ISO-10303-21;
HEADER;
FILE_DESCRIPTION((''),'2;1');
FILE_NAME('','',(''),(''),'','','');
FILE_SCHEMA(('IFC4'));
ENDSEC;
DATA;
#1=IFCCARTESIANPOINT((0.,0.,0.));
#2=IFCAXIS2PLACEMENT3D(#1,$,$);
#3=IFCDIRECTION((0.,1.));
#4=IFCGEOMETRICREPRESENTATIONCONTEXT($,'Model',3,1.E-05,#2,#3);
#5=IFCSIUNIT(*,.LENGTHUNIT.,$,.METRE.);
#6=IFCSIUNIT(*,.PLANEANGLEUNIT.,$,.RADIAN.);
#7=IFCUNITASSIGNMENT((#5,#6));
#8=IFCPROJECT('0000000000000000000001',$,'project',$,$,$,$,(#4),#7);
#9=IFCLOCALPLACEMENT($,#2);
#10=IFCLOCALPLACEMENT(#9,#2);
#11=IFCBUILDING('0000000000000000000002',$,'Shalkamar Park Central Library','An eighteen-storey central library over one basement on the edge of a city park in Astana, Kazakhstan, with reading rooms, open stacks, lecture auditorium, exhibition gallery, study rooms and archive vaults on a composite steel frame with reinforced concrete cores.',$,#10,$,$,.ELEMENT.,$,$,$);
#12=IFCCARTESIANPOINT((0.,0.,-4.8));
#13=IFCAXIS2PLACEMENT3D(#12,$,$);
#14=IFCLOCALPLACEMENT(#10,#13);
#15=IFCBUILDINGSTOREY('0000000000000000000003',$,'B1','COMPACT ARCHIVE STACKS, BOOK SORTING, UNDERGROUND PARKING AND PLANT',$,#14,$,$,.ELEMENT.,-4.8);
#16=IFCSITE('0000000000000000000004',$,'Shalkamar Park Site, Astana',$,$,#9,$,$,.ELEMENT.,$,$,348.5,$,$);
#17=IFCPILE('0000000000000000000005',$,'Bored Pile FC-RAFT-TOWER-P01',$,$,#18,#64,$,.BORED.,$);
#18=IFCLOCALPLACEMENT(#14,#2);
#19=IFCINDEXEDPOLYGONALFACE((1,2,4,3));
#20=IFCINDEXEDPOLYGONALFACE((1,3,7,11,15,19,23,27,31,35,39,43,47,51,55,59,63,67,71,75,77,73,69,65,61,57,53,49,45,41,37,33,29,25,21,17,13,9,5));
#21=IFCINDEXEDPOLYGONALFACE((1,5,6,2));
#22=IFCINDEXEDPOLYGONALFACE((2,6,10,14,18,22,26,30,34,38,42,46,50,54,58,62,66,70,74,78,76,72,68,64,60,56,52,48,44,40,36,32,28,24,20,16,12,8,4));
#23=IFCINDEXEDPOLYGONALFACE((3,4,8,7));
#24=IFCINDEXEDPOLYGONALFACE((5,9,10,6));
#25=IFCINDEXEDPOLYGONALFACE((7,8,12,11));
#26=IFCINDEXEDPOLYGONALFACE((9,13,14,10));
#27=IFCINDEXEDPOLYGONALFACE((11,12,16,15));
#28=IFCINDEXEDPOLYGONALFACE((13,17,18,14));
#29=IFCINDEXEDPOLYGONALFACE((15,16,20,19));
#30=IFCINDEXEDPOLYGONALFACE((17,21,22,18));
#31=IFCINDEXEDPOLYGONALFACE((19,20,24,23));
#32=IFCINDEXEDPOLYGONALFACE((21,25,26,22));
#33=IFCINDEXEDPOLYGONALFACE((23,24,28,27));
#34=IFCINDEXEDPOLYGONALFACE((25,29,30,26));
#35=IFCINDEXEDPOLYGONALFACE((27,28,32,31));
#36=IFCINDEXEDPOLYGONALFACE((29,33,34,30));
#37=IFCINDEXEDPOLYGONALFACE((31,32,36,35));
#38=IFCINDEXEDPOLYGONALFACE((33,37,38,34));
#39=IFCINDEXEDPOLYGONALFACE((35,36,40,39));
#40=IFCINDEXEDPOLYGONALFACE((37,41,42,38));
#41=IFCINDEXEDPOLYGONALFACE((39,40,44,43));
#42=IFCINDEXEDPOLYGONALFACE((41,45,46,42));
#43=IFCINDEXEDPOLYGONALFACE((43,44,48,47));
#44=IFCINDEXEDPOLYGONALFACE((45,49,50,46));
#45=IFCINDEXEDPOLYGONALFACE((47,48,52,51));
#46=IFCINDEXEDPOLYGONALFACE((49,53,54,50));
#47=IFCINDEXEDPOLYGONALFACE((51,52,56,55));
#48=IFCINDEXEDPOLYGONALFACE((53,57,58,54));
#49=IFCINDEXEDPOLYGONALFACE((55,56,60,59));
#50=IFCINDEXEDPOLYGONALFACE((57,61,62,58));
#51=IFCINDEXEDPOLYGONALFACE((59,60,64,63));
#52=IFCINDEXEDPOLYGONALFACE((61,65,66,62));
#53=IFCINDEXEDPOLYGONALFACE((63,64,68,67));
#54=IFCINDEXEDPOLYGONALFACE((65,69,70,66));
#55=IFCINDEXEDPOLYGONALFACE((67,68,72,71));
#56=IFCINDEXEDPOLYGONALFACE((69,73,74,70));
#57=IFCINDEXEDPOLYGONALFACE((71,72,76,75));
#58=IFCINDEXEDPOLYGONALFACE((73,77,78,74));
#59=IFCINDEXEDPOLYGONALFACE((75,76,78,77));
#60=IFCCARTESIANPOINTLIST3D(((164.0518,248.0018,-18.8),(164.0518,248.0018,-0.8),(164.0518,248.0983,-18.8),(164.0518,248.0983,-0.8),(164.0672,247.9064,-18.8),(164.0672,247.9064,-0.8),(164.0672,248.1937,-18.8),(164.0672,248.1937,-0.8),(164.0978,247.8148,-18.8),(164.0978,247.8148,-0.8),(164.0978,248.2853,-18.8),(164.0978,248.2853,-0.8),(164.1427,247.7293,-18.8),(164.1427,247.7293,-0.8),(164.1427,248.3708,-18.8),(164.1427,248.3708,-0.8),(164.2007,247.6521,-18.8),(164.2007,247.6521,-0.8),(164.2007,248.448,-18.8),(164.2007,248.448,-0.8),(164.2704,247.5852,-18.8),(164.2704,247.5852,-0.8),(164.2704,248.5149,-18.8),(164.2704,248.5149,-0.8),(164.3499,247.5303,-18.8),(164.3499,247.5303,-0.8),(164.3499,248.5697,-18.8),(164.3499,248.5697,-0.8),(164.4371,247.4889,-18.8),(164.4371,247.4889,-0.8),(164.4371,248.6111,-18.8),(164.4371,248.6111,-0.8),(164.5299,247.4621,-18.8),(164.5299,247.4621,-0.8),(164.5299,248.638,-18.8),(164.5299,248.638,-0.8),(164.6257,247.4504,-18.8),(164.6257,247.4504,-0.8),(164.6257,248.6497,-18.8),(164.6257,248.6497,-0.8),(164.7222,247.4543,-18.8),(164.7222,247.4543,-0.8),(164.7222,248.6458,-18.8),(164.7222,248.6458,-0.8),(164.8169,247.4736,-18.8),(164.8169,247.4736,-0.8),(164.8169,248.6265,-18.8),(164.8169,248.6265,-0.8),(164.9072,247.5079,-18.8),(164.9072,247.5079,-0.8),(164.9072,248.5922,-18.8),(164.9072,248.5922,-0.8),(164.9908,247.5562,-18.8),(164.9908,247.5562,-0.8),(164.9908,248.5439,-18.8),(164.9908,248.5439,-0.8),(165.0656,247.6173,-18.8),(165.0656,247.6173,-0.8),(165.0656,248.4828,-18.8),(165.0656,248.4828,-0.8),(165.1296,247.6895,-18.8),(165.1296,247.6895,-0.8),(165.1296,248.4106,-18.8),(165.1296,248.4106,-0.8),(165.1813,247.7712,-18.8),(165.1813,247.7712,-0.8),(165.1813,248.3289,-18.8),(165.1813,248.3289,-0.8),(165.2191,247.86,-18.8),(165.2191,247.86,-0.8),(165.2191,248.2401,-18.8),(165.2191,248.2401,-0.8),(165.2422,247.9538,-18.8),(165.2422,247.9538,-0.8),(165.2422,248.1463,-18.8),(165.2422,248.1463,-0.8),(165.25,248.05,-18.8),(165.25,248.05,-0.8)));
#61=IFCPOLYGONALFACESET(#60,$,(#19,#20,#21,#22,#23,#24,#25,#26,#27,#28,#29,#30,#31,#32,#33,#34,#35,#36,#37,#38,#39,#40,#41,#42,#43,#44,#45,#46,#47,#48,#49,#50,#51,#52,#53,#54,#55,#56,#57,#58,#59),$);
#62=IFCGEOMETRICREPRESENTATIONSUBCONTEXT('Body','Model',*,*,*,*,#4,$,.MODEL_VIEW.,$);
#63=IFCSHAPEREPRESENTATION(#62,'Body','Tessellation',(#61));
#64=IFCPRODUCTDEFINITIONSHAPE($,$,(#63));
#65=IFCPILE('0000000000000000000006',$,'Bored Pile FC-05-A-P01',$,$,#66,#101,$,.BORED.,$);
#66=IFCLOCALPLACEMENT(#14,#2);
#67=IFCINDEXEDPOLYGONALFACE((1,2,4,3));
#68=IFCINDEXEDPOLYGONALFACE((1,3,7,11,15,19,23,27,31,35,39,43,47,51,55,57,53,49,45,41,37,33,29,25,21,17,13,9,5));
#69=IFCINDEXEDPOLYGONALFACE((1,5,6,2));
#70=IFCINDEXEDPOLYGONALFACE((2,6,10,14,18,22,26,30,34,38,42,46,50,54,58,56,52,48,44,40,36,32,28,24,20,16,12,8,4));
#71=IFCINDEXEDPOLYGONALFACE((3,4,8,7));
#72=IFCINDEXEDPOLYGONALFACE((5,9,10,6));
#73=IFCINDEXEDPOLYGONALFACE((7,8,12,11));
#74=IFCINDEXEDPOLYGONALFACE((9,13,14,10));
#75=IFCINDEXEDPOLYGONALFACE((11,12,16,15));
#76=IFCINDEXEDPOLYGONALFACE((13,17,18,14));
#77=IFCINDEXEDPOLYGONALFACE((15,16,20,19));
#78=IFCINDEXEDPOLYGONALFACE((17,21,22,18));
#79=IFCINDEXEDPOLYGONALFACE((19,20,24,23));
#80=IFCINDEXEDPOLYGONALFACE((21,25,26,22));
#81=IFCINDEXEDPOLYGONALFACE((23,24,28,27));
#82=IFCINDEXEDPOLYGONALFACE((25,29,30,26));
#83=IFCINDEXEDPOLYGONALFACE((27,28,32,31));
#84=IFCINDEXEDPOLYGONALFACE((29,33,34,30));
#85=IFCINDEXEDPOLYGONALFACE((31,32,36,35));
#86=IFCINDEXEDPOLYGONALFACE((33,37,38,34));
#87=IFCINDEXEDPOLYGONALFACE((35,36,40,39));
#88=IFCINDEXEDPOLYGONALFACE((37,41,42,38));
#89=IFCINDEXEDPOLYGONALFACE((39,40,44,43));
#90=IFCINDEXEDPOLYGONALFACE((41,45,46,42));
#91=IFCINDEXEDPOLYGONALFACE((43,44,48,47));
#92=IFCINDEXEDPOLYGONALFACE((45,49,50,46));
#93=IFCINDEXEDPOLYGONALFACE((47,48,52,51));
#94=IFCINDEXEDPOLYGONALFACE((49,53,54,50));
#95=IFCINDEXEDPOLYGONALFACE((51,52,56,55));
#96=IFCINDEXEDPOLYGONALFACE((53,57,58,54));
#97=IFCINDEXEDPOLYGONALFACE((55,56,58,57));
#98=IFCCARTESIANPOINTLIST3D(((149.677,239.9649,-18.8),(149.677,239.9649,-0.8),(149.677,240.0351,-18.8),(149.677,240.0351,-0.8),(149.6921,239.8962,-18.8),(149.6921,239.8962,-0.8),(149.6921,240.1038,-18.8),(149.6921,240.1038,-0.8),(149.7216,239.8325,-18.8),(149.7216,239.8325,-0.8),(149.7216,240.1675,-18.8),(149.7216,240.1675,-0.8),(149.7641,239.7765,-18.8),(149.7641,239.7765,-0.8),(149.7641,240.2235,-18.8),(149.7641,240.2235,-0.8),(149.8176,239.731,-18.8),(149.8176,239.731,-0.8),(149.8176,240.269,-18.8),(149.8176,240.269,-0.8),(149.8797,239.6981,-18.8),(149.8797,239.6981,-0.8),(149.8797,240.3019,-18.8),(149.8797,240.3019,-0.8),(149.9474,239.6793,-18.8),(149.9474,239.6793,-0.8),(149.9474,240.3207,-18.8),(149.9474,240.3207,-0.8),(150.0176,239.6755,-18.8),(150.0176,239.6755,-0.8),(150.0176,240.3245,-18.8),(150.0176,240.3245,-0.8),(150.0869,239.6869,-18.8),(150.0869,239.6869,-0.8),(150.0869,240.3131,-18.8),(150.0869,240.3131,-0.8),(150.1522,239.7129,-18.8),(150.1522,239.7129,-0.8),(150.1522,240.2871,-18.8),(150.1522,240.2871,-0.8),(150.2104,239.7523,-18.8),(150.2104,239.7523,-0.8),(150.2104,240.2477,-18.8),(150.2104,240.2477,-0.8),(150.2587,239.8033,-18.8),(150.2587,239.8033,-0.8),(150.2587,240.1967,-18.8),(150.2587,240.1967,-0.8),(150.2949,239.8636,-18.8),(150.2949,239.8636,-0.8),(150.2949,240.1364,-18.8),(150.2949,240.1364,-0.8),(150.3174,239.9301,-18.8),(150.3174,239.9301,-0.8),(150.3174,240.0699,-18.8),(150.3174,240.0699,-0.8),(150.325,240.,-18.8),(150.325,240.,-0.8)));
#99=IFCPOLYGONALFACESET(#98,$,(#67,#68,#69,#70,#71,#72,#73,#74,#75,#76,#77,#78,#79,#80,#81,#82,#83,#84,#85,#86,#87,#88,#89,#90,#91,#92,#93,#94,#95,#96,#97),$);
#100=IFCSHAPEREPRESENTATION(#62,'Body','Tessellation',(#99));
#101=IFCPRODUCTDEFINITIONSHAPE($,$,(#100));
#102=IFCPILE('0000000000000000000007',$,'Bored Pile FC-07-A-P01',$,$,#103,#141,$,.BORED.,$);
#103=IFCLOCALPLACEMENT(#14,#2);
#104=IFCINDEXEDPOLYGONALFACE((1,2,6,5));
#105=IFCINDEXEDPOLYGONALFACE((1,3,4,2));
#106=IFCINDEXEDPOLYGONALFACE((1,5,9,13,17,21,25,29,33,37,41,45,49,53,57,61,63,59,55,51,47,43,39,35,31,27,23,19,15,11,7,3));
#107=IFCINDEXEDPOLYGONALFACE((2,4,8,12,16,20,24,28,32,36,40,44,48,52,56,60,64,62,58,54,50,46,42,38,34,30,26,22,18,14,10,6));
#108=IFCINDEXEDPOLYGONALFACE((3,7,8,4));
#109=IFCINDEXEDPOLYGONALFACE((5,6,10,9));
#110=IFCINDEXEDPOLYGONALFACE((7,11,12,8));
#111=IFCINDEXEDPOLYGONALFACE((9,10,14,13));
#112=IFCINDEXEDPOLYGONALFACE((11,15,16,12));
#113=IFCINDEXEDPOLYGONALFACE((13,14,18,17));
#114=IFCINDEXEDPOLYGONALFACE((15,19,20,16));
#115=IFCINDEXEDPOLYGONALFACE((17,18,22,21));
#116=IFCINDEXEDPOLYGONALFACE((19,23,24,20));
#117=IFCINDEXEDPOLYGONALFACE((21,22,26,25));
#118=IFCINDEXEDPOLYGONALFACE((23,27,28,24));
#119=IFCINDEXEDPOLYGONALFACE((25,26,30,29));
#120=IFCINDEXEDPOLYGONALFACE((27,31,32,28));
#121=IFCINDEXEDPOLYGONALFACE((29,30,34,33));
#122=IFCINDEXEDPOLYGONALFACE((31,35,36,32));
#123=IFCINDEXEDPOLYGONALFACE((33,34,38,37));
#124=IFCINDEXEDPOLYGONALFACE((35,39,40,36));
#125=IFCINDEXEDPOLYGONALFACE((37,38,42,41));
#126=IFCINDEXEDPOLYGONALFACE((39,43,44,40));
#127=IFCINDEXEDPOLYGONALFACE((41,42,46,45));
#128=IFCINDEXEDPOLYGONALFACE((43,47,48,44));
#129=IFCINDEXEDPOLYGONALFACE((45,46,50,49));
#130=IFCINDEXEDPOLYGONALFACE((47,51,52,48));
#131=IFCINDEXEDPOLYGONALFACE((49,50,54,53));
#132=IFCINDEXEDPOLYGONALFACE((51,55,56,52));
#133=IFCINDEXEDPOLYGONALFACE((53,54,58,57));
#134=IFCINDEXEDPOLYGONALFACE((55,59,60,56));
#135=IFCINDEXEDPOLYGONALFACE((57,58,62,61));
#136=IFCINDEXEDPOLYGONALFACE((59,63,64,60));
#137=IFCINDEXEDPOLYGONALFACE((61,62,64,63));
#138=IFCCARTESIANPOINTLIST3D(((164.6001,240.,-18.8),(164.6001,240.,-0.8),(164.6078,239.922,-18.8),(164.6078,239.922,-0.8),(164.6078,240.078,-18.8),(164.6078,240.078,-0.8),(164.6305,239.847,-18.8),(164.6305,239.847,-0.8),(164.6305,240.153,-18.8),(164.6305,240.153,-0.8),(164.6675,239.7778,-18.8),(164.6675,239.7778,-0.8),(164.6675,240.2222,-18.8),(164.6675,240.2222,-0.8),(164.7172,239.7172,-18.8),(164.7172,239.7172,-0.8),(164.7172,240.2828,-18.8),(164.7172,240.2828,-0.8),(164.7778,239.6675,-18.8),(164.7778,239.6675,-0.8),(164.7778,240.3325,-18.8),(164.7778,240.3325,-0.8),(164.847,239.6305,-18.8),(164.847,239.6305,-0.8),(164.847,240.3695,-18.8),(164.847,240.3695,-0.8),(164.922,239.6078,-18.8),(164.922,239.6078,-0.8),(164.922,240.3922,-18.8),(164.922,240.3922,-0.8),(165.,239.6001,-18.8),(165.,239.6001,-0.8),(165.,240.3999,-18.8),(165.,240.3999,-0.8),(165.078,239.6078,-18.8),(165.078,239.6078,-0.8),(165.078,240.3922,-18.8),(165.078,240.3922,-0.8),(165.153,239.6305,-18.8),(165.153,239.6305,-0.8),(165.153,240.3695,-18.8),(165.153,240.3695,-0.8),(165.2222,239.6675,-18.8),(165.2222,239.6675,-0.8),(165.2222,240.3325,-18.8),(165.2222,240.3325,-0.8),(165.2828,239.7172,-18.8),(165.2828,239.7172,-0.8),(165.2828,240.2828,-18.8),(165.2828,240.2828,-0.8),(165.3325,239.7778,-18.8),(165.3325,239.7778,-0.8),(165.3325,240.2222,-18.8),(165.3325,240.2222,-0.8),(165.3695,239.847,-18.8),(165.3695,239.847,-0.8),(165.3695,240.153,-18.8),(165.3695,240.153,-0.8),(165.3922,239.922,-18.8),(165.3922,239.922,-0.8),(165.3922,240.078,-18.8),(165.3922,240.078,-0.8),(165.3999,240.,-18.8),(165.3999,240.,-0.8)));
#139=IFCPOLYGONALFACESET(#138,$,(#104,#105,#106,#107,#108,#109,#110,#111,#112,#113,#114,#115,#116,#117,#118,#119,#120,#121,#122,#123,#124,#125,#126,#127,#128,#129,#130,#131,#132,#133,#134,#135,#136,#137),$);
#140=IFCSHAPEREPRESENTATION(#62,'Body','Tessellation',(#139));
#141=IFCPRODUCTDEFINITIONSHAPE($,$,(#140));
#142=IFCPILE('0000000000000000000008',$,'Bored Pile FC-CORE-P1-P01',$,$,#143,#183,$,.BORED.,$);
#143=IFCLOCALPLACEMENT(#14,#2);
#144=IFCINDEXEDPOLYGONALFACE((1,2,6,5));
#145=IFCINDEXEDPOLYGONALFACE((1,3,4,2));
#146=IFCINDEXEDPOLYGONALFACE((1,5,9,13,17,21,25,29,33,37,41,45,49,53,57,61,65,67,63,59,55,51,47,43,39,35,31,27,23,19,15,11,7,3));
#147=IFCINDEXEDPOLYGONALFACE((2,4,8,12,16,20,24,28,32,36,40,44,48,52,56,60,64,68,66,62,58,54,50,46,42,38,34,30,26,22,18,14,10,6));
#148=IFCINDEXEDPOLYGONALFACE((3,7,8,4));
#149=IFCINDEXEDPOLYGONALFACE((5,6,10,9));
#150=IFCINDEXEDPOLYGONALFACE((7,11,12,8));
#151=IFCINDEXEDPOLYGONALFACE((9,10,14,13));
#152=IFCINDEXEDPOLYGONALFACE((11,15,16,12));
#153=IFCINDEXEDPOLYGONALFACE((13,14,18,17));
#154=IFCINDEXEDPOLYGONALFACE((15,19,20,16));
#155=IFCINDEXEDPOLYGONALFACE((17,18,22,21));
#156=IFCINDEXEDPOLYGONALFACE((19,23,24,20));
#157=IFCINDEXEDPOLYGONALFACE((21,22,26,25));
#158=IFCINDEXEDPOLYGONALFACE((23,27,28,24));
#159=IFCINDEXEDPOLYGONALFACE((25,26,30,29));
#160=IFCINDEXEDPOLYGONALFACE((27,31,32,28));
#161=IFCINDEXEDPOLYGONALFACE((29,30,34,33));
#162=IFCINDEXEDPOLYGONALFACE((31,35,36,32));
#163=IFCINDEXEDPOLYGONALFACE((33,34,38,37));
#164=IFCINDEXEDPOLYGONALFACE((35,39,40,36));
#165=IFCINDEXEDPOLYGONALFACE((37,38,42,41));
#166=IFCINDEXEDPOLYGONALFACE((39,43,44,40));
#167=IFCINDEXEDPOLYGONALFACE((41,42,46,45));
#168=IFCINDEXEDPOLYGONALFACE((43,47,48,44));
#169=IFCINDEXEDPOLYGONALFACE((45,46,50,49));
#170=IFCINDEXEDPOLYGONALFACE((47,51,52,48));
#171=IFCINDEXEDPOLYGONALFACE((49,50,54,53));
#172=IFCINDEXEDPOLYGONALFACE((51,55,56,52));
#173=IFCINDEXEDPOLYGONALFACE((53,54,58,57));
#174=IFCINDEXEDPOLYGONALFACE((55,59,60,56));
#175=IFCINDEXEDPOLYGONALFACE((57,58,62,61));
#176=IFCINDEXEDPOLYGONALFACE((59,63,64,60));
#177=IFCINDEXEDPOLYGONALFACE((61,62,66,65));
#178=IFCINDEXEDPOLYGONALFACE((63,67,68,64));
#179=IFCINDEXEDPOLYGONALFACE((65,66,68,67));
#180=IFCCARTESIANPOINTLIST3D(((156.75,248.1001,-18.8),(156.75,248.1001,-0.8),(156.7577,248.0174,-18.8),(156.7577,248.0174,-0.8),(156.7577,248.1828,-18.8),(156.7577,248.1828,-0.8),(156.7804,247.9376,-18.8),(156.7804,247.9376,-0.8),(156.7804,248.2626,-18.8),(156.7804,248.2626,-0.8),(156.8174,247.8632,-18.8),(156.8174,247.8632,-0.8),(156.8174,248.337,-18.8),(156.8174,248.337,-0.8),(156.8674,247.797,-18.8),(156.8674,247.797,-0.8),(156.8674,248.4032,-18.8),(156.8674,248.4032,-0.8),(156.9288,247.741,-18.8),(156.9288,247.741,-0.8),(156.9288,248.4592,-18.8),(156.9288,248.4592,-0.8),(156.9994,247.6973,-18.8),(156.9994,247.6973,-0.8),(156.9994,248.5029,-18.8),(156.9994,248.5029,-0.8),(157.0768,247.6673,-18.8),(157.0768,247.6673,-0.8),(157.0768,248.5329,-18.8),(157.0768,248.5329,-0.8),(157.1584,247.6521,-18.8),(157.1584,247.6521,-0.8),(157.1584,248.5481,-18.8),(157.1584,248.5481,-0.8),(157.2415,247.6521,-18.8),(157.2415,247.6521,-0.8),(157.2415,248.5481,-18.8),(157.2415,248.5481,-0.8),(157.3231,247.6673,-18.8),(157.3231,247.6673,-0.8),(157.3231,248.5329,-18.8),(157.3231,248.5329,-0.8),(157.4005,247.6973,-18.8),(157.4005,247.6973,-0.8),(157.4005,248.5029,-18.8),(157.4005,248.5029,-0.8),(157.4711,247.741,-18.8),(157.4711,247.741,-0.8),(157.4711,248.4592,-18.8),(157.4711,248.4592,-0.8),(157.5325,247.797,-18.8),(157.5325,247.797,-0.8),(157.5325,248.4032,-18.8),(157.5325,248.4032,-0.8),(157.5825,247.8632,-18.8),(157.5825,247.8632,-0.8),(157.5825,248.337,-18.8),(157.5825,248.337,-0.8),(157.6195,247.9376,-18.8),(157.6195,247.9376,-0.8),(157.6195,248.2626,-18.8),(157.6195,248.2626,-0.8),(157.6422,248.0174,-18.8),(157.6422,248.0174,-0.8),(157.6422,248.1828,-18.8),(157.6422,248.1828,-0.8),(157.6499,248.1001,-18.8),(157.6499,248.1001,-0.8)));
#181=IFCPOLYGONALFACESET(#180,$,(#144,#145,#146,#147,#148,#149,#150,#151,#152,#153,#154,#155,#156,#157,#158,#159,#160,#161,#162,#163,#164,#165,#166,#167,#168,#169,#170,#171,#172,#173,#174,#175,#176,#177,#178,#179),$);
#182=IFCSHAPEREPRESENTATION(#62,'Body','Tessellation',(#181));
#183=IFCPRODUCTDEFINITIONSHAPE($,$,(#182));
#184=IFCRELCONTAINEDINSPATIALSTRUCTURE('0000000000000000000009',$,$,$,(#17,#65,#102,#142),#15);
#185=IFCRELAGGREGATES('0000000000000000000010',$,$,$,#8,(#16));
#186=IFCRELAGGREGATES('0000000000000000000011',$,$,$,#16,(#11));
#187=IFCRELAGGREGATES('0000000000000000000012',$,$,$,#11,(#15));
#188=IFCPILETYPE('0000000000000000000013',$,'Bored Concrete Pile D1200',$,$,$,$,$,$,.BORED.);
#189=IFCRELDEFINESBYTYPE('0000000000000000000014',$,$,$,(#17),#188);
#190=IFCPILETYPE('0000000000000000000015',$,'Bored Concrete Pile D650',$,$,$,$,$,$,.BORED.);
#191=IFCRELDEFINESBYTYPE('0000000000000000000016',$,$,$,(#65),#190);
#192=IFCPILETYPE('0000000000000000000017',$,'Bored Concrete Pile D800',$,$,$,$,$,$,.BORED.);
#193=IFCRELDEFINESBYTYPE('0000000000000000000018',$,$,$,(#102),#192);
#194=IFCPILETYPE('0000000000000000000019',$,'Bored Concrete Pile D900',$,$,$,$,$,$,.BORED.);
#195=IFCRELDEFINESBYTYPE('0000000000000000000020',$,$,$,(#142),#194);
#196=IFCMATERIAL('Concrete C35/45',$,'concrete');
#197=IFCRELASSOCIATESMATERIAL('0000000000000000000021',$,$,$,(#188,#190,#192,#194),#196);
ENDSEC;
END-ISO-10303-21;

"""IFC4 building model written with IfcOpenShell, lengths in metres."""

from ifc_helpers import new_model, si_unit, direction, frame, origin, origin_2d, place, context, subcontext, project, spatial, circle, extrude, material, material_profile, profile_set, type_object, element, save


model = new_model("IFC4")

# Units and contexts
model_context = context("Model", 3, precision=1e-05, world=origin(), true_north=direction((0.0, 1.0)))
body_context = subcontext(model_context, "Body", "Model", "MODEL_VIEW")
ifc_project = project(units=[si_unit("LENGTHUNIT", "METRE"), si_unit("PLANEANGLEUNIT", "RADIAN")], contexts=[model_context])

# Site, building, storey
site_placement = place(None, origin())
site = spatial("IfcSite", under=ifc_project, at=site_placement, Name="Shalkamar Park Site, Astana", CompositionType="ELEMENT", RefElevation=348.5)
building_placement = place(site_placement, origin())
building = spatial("IfcBuilding", under=site, at=building_placement, Name="Shalkamar Park Central Library", Description="An eighteen-storey central library over one basement on the edge of a city park in Astana, Kazakhstan, with reading rooms, open stacks, lecture auditorium, exhibition gallery, study rooms and archive vaults on a composite steel frame with reinforced concrete cores.", CompositionType="ELEMENT")
storey_placement = place(building_placement, frame((0.0, 0.0, -4.8)))
storey = spatial("IfcBuildingStorey", under=building, at=storey_placement, Name="B1", Description="COMPACT ARCHIVE STACKS, BOOK SORTING, UNDERGROUND PARKING AND PLANT", CompositionType="ELEMENT", Elevation=-4.8)

# Piles
ifc_material_1 = material(Name="Concrete C35/45", Category="concrete")
ifc_material_profile_1 = material_profile(ifc_material_1, circle(Radius=0.6001, at=origin_2d()), Name="PILE D1200")
ifc_profile_set_1 = profile_set([ifc_material_profile_1], Name="Concrete C35/45")
pile_type_1 = type_object("IfcPileType", Name="Bored Concrete Pile D1200", PredefinedType="BORED", material=ifc_profile_set_1)
pile_1_placement = place(storey_placement, frame((164.6499, 248.05, -0.8), z_axis=(0.0, 0.0, -1.0), x_axis=(1.0, 0.0, 0.0)))
element("IfcPile", 1, at=pile_1_placement, inside=storey, type_object=pile_type_1, Name="Bored Pile FC-RAFT-TOWER-P01", PredefinedType="BORED", context=body_context, shape_type="SweptSolid", body=[
    extrude(circle(Radius=0.6001, at=origin_2d()), origin(), (0.0, 0.0, 1.0), 18.0),
])
ifc_material_profile_2 = material_profile(ifc_material_1, circle(Radius=0.325, at=origin_2d()), Name="PILE D650")
ifc_profile_set_2 = profile_set([ifc_material_profile_2], Name="Concrete C35/45")
pile_type_2 = type_object("IfcPileType", Name="Bored Concrete Pile D650", PredefinedType="BORED", material=ifc_profile_set_2)
pile_2_placement = place(storey_placement, frame((150.0, 240.0, -0.8), z_axis=(0.0, 0.0, -1.0), x_axis=(1.0, 0.0, 0.0)))
element("IfcPile", 2, at=pile_2_placement, inside=storey, type_object=pile_type_2, Name="Bored Pile FC-05-A-P01", PredefinedType="BORED", context=body_context, shape_type="SweptSolid", body=[
    extrude(circle(Radius=0.325, at=origin_2d()), origin(), (0.0, 0.0, 1.0), 18.0),
])
ifc_material_profile_3 = material_profile(ifc_material_1, circle(Radius=0.3999, at=origin_2d()), Name="PILE D800")
ifc_profile_set_3 = profile_set([ifc_material_profile_3], Name="Concrete C35/45")
pile_type_3 = type_object("IfcPileType", Name="Bored Concrete Pile D800", PredefinedType="BORED", material=ifc_profile_set_3)
pile_3_placement = place(storey_placement, frame((165.0, 240.0, -0.8), z_axis=(0.0, 0.0, -1.0), x_axis=(1.0, 0.0, 0.0)))
element("IfcPile", 3, at=pile_3_placement, inside=storey, type_object=pile_type_3, Name="Bored Pile FC-07-A-P01", PredefinedType="BORED", context=body_context, shape_type="SweptSolid", body=[
    extrude(circle(Radius=0.3999, at=origin_2d()), origin(), (0.0, 0.0, 1.0), 18.0),
])
ifc_material_profile_4 = material_profile(ifc_material_1, circle(Radius=0.45, at=origin_2d()), Name="PILE D900")
ifc_profile_set_4 = profile_set([ifc_material_profile_4], Name="Concrete C35/45")
pile_type_4 = type_object("IfcPileType", Name="Bored Concrete Pile D900", PredefinedType="BORED", material=ifc_profile_set_4)
for number, where, z_axis, x_axis, name in (
    (4, (157.2, 248.1001, -0.8), (0.0, 0.0, -1.0), (1.0, 0.0, 0.0), "Bored Pile FC-CORE-P1-P01"),
):
    element("IfcPile", number, at=place(storey_placement, frame(where, z_axis=z_axis, x_axis=x_axis)), inside=storey, type_object=pile_type_4, Name=name, PredefinedType="BORED", context=body_context, shape_type="SweptSolid", body=[
        extrude(circle(Radius=0.45, at=origin_2d()), origin(), (0.0, 0.0, 1.0), 18.0),
    ])

save(model, "model.ifc")
